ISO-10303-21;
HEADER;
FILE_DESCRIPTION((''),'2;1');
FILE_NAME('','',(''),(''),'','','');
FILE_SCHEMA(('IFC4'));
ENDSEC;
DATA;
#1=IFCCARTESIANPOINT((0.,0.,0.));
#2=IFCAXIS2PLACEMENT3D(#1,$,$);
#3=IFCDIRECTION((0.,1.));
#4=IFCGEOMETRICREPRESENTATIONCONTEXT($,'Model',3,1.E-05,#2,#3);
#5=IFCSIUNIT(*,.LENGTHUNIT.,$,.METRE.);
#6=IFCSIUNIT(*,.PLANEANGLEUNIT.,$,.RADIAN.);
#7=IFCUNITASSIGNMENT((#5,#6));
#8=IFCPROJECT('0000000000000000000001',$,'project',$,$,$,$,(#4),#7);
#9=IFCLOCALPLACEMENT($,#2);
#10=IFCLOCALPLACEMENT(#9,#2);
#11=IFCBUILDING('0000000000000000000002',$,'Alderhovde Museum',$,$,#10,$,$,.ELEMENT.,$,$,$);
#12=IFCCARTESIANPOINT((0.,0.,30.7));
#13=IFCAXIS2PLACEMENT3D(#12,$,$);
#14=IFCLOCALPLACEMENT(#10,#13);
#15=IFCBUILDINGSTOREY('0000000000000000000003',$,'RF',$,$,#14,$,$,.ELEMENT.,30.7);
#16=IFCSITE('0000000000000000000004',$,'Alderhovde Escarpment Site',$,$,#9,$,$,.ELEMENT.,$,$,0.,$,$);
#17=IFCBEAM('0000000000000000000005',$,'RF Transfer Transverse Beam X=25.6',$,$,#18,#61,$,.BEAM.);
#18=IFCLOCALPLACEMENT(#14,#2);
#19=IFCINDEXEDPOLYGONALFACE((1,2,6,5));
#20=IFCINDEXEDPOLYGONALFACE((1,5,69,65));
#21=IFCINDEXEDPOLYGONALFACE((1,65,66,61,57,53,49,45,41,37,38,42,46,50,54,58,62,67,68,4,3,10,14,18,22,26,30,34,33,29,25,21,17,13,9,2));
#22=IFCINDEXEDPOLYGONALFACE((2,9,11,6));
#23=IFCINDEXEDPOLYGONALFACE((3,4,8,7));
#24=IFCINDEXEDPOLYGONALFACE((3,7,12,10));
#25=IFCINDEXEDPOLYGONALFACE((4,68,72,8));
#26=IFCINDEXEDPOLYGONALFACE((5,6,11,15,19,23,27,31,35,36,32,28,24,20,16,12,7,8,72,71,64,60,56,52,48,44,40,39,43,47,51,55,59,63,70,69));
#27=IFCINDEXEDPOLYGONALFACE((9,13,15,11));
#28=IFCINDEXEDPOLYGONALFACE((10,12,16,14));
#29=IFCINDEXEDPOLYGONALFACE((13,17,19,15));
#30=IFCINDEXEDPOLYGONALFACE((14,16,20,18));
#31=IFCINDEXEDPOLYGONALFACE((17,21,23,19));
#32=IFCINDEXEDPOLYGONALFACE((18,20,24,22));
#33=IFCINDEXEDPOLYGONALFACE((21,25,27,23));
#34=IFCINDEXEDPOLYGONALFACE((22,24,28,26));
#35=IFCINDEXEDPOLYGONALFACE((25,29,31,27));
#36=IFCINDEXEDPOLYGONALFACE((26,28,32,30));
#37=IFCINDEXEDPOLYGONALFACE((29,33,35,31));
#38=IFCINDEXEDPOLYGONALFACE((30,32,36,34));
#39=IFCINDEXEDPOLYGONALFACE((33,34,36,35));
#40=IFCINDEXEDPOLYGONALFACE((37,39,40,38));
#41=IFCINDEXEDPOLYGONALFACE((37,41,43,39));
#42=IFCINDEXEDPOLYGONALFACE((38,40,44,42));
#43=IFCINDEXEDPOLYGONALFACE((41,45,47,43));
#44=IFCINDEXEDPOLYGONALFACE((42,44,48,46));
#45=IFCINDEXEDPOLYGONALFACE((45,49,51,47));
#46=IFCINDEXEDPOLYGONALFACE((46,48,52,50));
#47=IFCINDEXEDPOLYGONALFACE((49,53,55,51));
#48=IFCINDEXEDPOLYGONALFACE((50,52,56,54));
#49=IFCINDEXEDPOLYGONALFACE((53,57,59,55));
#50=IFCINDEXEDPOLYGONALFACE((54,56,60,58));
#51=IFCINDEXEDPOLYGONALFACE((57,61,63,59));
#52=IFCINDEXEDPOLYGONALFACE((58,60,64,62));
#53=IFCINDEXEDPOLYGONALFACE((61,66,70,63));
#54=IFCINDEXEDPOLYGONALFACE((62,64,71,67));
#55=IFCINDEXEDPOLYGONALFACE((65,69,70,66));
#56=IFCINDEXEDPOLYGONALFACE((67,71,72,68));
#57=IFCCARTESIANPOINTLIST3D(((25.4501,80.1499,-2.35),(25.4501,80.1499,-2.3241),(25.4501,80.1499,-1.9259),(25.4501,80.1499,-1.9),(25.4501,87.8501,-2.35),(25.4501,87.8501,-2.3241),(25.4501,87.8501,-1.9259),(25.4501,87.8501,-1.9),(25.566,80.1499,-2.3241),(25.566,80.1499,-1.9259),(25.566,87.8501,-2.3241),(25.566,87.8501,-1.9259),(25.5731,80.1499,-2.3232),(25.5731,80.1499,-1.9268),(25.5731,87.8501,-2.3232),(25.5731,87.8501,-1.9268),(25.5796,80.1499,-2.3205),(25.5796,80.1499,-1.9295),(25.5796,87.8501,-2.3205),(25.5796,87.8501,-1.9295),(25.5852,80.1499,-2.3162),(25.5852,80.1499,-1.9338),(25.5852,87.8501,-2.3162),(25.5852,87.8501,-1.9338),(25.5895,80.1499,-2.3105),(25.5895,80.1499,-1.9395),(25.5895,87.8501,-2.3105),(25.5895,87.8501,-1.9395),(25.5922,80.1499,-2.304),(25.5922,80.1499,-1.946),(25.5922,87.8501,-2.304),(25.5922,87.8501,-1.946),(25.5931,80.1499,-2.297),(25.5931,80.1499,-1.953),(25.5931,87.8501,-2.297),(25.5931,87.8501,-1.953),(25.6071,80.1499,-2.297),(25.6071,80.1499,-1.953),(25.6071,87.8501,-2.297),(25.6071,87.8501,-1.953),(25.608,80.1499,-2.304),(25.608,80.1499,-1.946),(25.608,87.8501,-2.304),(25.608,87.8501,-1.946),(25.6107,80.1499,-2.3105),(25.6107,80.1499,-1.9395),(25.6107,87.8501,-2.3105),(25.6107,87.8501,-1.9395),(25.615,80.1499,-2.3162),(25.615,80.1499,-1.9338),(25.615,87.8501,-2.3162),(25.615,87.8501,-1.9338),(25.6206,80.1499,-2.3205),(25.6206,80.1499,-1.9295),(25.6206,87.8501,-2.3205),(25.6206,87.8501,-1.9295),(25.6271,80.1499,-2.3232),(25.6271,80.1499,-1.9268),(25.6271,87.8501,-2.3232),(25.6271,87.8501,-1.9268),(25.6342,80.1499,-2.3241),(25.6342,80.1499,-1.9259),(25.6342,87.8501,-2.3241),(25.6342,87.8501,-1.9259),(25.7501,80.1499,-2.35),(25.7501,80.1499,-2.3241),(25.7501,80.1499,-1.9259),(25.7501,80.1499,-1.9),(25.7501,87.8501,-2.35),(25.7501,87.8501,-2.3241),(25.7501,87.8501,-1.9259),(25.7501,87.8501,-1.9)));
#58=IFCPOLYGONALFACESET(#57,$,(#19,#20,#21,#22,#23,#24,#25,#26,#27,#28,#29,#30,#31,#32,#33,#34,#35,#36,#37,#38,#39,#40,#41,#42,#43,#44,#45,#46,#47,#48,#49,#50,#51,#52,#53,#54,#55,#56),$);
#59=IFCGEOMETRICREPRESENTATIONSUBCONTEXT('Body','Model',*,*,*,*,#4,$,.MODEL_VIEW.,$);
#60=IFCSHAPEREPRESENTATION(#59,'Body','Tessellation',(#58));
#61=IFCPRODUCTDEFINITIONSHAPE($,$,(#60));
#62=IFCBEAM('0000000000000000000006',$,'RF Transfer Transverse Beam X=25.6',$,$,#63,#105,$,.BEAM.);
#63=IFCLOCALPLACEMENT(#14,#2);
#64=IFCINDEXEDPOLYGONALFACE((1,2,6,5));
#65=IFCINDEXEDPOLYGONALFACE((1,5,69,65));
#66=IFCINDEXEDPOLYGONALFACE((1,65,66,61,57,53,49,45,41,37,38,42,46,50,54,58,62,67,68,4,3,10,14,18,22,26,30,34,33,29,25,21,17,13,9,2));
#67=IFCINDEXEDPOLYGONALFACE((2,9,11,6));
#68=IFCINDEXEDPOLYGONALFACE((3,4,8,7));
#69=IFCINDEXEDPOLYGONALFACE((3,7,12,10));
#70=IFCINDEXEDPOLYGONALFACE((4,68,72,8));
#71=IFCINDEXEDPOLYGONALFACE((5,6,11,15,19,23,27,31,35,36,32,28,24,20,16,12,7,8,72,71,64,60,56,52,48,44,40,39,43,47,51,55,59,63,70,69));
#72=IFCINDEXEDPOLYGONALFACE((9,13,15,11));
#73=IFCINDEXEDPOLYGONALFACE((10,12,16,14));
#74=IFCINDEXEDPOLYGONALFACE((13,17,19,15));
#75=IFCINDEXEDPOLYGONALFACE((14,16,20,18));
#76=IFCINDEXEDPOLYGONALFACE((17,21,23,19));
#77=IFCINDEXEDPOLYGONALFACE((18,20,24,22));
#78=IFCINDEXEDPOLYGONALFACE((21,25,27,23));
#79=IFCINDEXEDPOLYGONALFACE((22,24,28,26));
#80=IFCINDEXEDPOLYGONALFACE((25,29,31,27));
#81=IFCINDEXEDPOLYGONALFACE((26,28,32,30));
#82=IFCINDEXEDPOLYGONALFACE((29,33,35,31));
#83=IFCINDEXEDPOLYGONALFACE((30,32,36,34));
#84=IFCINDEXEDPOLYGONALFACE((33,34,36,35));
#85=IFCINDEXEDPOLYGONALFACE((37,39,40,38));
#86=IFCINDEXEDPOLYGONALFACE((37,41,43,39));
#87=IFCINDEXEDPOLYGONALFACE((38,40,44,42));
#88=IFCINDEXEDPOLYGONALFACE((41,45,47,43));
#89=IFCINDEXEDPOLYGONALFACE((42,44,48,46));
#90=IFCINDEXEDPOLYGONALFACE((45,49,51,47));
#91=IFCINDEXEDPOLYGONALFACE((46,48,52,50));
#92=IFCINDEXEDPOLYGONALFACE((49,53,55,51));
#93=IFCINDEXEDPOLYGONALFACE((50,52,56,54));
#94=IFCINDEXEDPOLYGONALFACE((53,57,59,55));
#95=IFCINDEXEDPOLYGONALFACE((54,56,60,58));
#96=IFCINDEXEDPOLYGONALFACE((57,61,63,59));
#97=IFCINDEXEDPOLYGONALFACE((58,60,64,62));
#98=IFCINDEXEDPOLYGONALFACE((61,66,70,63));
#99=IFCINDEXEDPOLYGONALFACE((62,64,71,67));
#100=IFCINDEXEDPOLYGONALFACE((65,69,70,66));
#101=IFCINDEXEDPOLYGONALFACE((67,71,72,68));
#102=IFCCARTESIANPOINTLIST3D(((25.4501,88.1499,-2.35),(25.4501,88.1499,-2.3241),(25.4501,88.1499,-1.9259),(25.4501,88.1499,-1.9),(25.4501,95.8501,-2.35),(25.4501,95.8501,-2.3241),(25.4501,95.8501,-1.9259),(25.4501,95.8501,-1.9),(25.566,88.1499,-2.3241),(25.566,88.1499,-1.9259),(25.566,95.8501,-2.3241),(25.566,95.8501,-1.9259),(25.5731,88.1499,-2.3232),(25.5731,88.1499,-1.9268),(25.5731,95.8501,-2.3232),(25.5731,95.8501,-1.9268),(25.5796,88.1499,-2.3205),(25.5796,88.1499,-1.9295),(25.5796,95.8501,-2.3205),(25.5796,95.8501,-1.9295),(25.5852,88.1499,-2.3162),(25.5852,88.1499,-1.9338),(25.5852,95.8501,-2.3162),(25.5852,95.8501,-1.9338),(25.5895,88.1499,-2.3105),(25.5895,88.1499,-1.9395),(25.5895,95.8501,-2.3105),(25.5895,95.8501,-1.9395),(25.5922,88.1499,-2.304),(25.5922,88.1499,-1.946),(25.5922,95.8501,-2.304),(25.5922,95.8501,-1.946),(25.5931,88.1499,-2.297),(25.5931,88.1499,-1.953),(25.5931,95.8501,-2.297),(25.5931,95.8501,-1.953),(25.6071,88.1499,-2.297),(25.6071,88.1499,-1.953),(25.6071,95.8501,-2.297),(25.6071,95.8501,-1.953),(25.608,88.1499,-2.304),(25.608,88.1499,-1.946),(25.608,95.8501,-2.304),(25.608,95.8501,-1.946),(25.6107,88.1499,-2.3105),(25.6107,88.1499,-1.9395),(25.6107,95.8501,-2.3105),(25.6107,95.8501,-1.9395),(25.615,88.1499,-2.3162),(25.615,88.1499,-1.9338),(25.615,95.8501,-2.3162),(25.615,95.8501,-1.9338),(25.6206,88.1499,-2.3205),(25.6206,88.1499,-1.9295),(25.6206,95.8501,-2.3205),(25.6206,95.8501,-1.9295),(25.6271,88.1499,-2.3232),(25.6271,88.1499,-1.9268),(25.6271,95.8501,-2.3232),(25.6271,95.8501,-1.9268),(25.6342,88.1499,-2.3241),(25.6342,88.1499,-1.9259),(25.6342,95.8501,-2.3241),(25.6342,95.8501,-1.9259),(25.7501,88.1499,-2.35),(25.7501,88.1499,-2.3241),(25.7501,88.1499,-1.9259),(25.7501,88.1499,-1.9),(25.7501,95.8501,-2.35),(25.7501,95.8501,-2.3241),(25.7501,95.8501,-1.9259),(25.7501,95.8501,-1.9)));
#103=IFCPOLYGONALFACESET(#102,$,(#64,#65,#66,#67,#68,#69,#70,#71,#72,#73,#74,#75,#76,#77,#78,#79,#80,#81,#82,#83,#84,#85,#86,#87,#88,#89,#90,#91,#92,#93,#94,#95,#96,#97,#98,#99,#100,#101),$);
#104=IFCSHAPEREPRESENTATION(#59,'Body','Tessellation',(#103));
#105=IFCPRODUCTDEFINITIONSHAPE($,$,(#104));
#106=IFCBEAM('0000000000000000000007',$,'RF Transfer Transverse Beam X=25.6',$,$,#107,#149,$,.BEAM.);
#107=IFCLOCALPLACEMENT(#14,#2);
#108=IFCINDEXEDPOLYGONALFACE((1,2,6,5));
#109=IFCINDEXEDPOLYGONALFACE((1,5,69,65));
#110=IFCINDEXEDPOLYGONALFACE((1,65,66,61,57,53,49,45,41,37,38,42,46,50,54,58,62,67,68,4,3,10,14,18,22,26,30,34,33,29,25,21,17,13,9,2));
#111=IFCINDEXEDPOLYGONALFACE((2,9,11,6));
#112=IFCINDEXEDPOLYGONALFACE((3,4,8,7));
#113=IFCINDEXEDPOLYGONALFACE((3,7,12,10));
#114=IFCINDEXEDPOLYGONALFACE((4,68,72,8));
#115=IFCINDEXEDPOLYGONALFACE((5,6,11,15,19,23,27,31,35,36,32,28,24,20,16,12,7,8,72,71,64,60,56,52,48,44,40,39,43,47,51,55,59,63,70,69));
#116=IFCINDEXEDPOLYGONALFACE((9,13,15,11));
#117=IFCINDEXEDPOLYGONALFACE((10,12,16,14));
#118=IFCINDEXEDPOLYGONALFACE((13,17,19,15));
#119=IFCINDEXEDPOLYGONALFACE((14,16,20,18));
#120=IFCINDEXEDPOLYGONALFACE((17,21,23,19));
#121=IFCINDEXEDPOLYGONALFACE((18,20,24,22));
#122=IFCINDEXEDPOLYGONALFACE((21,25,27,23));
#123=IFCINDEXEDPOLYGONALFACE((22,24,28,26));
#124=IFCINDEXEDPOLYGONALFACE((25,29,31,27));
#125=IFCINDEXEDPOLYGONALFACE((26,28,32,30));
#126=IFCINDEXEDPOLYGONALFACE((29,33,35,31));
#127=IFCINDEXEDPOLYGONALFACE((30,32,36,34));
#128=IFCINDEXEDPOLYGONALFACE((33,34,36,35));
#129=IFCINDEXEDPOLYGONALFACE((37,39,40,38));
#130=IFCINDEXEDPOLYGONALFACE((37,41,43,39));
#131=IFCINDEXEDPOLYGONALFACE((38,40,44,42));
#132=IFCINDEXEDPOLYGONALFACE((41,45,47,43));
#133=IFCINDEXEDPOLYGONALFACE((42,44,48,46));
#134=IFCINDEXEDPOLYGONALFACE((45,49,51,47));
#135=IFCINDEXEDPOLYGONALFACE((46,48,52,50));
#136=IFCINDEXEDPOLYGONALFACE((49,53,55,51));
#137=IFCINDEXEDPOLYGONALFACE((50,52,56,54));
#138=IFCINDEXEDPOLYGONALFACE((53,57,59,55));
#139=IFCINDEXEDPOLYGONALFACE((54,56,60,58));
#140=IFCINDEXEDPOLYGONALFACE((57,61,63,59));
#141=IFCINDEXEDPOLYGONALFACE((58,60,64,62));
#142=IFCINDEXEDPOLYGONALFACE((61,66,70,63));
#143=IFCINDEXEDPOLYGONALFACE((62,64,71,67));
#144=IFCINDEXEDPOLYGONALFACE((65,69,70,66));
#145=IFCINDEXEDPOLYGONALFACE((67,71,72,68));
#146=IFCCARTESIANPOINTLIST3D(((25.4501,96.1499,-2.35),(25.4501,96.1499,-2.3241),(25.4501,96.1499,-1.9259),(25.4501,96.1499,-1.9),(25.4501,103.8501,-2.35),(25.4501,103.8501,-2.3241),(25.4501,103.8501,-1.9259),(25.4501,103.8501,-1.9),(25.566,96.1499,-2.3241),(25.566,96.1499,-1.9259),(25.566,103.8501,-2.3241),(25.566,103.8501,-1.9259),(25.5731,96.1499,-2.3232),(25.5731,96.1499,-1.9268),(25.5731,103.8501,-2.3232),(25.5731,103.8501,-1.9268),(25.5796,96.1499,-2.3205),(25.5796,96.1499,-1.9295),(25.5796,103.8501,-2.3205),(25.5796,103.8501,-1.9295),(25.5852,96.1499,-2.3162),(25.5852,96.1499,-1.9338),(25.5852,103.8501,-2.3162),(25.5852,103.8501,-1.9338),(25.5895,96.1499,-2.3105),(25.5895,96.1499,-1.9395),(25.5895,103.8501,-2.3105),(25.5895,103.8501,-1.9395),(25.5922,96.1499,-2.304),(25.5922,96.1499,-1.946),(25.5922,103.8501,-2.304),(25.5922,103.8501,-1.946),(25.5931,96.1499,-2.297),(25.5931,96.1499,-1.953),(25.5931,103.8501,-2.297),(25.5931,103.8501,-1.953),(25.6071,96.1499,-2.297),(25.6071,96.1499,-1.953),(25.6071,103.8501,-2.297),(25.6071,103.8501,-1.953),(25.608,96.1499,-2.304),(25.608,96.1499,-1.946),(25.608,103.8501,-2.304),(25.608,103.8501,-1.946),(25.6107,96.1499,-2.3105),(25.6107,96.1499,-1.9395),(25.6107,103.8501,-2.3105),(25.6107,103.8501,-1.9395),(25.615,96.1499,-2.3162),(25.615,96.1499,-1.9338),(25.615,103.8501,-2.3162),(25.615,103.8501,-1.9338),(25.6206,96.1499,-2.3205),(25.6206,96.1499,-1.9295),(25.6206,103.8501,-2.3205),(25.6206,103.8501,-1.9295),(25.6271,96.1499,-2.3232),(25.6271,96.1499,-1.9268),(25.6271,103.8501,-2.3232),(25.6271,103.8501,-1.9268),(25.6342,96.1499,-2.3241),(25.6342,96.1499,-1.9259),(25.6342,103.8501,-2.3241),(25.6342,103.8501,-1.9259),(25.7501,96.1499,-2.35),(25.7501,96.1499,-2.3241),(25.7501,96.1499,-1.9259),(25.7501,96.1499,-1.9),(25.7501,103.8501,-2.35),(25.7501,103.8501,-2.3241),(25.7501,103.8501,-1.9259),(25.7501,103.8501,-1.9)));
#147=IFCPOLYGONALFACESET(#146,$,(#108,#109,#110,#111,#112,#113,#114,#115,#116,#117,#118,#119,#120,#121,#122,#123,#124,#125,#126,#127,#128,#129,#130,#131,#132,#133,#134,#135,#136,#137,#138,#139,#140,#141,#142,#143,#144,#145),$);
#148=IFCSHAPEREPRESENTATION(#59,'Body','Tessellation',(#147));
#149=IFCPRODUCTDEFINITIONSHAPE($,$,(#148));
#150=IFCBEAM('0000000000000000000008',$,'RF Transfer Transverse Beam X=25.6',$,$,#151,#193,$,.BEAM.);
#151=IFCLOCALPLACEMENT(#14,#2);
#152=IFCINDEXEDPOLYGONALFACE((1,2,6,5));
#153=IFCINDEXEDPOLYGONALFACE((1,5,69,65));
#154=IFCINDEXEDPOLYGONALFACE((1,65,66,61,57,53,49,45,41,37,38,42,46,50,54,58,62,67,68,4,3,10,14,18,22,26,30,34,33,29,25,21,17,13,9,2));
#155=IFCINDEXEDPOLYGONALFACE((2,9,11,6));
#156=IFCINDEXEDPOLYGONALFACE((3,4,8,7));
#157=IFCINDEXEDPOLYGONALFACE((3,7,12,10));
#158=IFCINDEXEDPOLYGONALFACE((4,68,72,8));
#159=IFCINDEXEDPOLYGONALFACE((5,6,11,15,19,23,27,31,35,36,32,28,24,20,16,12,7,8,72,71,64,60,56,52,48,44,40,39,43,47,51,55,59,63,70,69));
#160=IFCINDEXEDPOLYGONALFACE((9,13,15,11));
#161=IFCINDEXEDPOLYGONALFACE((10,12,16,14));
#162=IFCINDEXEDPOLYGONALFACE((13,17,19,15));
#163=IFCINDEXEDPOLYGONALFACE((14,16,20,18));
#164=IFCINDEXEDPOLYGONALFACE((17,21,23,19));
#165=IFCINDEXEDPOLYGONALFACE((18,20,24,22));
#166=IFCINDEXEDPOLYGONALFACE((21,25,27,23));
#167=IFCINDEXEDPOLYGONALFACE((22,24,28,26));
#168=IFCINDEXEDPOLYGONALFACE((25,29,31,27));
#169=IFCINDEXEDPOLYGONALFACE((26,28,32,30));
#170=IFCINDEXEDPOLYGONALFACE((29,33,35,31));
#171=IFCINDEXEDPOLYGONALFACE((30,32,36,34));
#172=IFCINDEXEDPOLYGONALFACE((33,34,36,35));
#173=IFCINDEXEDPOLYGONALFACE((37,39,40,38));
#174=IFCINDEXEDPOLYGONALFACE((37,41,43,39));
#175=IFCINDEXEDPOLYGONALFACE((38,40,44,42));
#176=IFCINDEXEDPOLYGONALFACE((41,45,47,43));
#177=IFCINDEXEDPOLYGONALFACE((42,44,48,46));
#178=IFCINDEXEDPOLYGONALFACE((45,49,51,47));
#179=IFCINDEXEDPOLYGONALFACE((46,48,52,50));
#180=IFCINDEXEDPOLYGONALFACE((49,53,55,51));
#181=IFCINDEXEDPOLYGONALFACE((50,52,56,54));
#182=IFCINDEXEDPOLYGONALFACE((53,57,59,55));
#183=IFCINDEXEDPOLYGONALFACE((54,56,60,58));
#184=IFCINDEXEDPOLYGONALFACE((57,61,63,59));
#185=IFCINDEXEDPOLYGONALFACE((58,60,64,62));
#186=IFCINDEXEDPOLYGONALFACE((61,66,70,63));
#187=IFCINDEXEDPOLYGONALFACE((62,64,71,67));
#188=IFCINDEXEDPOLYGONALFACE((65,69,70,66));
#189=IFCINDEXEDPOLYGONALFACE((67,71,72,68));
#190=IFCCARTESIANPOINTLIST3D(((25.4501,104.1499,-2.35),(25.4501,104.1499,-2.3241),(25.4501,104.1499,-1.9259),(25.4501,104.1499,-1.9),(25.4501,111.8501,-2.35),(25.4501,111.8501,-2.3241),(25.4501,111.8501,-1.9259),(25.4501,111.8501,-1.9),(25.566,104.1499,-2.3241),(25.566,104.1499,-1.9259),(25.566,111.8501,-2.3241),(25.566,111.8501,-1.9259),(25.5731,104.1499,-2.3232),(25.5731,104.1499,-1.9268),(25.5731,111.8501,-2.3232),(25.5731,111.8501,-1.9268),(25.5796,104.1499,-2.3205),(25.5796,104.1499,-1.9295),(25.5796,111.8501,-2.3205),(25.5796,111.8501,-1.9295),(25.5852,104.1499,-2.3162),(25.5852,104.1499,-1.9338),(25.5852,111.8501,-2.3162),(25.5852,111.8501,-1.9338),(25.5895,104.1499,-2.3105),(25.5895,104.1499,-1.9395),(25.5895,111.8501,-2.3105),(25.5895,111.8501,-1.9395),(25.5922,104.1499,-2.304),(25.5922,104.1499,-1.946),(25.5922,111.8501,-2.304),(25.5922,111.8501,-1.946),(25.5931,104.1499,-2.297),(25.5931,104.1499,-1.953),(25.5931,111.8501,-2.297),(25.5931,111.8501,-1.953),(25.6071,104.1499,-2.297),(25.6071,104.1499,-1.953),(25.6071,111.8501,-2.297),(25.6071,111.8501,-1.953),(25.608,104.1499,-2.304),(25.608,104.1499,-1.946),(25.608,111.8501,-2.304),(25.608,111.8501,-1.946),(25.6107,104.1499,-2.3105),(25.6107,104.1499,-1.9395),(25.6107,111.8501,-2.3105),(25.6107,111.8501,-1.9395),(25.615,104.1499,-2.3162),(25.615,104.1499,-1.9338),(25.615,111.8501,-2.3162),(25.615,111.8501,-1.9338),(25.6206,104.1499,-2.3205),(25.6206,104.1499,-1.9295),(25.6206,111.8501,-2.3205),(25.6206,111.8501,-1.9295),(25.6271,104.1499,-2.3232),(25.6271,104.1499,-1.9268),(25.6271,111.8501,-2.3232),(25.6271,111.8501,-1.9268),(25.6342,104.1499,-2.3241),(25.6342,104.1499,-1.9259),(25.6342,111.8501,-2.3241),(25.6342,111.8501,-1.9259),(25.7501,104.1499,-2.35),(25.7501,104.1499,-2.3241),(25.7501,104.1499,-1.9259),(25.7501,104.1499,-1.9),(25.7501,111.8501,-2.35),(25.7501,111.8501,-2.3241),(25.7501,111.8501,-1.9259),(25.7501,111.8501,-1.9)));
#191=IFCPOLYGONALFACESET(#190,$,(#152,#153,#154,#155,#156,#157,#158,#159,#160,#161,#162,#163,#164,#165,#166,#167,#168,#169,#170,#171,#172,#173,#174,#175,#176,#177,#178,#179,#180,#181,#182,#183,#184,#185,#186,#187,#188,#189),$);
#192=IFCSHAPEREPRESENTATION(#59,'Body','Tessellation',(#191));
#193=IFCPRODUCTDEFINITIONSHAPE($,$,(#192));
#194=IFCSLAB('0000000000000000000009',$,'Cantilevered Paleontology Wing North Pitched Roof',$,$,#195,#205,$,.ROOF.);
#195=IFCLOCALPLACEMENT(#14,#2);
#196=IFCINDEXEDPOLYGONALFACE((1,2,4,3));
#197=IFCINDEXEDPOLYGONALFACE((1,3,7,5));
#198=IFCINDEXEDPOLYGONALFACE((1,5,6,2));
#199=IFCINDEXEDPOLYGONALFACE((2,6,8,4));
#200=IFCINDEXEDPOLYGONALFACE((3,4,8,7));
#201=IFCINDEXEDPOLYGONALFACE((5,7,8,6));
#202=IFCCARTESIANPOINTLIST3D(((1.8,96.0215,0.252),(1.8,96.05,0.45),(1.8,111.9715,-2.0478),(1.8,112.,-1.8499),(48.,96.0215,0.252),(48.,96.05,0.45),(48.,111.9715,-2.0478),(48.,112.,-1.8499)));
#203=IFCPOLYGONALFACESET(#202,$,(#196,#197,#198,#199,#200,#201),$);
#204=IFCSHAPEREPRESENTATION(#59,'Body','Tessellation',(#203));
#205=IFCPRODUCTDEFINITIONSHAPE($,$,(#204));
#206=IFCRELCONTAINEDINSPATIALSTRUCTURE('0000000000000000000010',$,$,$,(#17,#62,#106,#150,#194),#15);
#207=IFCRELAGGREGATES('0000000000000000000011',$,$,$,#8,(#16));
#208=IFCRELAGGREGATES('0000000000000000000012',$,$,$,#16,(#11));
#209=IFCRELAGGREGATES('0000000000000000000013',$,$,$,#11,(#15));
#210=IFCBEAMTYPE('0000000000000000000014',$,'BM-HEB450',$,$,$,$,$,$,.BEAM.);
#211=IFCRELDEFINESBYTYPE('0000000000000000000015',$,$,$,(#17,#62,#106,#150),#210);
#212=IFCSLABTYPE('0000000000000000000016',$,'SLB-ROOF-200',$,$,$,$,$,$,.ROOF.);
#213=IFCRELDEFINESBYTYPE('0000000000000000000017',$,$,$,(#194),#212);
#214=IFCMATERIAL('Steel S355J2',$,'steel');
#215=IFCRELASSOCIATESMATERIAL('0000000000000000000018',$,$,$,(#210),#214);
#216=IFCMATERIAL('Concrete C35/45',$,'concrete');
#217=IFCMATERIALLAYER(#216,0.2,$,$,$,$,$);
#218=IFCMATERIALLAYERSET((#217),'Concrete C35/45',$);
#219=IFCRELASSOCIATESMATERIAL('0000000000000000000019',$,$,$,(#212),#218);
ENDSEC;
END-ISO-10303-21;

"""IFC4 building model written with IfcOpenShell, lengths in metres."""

from ifc_helpers import new_model, si_unit, direction, frame, origin, origin_2d, place, context, subcontext, project, spatial, polyline, i_section, outline, extrude, material, layer, layer_set, material_profile, profile_set, type_object, element, save


model = new_model("IFC4")

# Units and contexts
model_context = context("Model", 3, precision=1e-05, world=origin(), true_north=direction((0.0, 1.0)))
body_context = subcontext(model_context, "Body", "Model", "MODEL_VIEW")
ifc_project = project(units=[si_unit("LENGTHUNIT", "METRE"), si_unit("PLANEANGLEUNIT", "RADIAN")], contexts=[model_context])

# Site, building, storey
site_placement = place(None, origin())
site = spatial("IfcSite", under=ifc_project, at=site_placement, Name="Alderhovde Escarpment Site", CompositionType="ELEMENT", RefElevation=0.0)
building_placement = place(site_placement, origin())
building = spatial("IfcBuilding", under=site, at=building_placement, Name="Alderhovde Museum", CompositionType="ELEMENT")
storey_placement = place(building_placement, frame((0.0, 0.0, 30.7)))
storey = spatial("IfcBuildingStorey", under=building, at=storey_placement, Name="RF", CompositionType="ELEMENT", Elevation=30.7)

# Beams
ifc_material_1 = material(Name="Steel S355J2", Category="steel")
ifc_material_profile = material_profile(ifc_material_1, i_section(OverallWidth=0.3, OverallDepth=0.45, WebThickness=0.0139, FlangeThickness=0.0259, FilletRadius=0.0271, at=origin_2d()), Name="HEB 450")
ifc_profile_set = profile_set([ifc_material_profile], Name="Steel S355J2")
beam_type = type_object("IfcBeamType", Name="BM-HEB450", PredefinedType="BEAM", material=ifc_profile_set)
for number, where, z_axis, x_axis, name in (
    (1, (25.6001, 80.1499, -2.125), (0.0, 1.0, 0.0), (-1.0, 0.0, 0.0), "RF Transfer Transverse Beam X=25.6"),
    (2, (25.6001, 88.1499, -2.125), (0.0, 1.0, 0.0), (-1.0, 0.0, 0.0), "RF Transfer Transverse Beam X=25.6"),
    (3, (25.6001, 96.1499, -2.125), (0.0, 1.0, 0.0), (-1.0, 0.0, 0.0), "RF Transfer Transverse Beam X=25.6"),
    (4, (25.6001, 104.1499, -2.125), (0.0, 1.0, 0.0), (-1.0, 0.0, 0.0), "RF Transfer Transverse Beam X=25.6"),
):
    element("IfcBeam", number, at=place(storey_placement, frame(where, z_axis=z_axis, x_axis=x_axis)), inside=storey, type_object=beam_type, Name=name, PredefinedType="BEAM", context=body_context, shape_type="SweptSolid", body=[
        extrude(i_section(OverallWidth=0.3, OverallDepth=0.45, WebThickness=0.0139, FlangeThickness=0.0259, FilletRadius=0.0271, at=origin_2d()), origin(), (0.0, 0.0, 1.0), 7.7002),
    ])

# Slab
ifc_material_2 = material(Name="Concrete C35/45", Category="concrete")
ifc_layer_1 = layer(ifc_material_2, 0.2)
ifc_layer_set_1 = layer_set([ifc_layer_1], Name="Concrete C35/45")
slab_type = type_object("IfcSlabType", Name="SLB-ROOF-200", PredefinedType="ROOF", material=ifc_layer_set_1)
slab_placement = place(storey_placement, frame((1.8, 96.05, 0.45), z_axis=(0.0, 0.142713, 0.989764), x_axis=(1.0, 0.0, 0.0)))
element("IfcSlab", 5, at=slab_placement, inside=storey, type_object=slab_type, Name="Cantilevered Paleontology Wing North Pitched Roof", PredefinedType="ROOF", context=body_context, shape_type="SweptSolid", body=[
    extrude(outline(polyline([(0.0, 0.0), (46.2, 0.0), (46.2, 16.1149), (0.0, 16.1149), (0.0, 0.0)])), origin(), (0.0, 0.0, -1.0), 0.2),
])

save(model, "model.ifc")
